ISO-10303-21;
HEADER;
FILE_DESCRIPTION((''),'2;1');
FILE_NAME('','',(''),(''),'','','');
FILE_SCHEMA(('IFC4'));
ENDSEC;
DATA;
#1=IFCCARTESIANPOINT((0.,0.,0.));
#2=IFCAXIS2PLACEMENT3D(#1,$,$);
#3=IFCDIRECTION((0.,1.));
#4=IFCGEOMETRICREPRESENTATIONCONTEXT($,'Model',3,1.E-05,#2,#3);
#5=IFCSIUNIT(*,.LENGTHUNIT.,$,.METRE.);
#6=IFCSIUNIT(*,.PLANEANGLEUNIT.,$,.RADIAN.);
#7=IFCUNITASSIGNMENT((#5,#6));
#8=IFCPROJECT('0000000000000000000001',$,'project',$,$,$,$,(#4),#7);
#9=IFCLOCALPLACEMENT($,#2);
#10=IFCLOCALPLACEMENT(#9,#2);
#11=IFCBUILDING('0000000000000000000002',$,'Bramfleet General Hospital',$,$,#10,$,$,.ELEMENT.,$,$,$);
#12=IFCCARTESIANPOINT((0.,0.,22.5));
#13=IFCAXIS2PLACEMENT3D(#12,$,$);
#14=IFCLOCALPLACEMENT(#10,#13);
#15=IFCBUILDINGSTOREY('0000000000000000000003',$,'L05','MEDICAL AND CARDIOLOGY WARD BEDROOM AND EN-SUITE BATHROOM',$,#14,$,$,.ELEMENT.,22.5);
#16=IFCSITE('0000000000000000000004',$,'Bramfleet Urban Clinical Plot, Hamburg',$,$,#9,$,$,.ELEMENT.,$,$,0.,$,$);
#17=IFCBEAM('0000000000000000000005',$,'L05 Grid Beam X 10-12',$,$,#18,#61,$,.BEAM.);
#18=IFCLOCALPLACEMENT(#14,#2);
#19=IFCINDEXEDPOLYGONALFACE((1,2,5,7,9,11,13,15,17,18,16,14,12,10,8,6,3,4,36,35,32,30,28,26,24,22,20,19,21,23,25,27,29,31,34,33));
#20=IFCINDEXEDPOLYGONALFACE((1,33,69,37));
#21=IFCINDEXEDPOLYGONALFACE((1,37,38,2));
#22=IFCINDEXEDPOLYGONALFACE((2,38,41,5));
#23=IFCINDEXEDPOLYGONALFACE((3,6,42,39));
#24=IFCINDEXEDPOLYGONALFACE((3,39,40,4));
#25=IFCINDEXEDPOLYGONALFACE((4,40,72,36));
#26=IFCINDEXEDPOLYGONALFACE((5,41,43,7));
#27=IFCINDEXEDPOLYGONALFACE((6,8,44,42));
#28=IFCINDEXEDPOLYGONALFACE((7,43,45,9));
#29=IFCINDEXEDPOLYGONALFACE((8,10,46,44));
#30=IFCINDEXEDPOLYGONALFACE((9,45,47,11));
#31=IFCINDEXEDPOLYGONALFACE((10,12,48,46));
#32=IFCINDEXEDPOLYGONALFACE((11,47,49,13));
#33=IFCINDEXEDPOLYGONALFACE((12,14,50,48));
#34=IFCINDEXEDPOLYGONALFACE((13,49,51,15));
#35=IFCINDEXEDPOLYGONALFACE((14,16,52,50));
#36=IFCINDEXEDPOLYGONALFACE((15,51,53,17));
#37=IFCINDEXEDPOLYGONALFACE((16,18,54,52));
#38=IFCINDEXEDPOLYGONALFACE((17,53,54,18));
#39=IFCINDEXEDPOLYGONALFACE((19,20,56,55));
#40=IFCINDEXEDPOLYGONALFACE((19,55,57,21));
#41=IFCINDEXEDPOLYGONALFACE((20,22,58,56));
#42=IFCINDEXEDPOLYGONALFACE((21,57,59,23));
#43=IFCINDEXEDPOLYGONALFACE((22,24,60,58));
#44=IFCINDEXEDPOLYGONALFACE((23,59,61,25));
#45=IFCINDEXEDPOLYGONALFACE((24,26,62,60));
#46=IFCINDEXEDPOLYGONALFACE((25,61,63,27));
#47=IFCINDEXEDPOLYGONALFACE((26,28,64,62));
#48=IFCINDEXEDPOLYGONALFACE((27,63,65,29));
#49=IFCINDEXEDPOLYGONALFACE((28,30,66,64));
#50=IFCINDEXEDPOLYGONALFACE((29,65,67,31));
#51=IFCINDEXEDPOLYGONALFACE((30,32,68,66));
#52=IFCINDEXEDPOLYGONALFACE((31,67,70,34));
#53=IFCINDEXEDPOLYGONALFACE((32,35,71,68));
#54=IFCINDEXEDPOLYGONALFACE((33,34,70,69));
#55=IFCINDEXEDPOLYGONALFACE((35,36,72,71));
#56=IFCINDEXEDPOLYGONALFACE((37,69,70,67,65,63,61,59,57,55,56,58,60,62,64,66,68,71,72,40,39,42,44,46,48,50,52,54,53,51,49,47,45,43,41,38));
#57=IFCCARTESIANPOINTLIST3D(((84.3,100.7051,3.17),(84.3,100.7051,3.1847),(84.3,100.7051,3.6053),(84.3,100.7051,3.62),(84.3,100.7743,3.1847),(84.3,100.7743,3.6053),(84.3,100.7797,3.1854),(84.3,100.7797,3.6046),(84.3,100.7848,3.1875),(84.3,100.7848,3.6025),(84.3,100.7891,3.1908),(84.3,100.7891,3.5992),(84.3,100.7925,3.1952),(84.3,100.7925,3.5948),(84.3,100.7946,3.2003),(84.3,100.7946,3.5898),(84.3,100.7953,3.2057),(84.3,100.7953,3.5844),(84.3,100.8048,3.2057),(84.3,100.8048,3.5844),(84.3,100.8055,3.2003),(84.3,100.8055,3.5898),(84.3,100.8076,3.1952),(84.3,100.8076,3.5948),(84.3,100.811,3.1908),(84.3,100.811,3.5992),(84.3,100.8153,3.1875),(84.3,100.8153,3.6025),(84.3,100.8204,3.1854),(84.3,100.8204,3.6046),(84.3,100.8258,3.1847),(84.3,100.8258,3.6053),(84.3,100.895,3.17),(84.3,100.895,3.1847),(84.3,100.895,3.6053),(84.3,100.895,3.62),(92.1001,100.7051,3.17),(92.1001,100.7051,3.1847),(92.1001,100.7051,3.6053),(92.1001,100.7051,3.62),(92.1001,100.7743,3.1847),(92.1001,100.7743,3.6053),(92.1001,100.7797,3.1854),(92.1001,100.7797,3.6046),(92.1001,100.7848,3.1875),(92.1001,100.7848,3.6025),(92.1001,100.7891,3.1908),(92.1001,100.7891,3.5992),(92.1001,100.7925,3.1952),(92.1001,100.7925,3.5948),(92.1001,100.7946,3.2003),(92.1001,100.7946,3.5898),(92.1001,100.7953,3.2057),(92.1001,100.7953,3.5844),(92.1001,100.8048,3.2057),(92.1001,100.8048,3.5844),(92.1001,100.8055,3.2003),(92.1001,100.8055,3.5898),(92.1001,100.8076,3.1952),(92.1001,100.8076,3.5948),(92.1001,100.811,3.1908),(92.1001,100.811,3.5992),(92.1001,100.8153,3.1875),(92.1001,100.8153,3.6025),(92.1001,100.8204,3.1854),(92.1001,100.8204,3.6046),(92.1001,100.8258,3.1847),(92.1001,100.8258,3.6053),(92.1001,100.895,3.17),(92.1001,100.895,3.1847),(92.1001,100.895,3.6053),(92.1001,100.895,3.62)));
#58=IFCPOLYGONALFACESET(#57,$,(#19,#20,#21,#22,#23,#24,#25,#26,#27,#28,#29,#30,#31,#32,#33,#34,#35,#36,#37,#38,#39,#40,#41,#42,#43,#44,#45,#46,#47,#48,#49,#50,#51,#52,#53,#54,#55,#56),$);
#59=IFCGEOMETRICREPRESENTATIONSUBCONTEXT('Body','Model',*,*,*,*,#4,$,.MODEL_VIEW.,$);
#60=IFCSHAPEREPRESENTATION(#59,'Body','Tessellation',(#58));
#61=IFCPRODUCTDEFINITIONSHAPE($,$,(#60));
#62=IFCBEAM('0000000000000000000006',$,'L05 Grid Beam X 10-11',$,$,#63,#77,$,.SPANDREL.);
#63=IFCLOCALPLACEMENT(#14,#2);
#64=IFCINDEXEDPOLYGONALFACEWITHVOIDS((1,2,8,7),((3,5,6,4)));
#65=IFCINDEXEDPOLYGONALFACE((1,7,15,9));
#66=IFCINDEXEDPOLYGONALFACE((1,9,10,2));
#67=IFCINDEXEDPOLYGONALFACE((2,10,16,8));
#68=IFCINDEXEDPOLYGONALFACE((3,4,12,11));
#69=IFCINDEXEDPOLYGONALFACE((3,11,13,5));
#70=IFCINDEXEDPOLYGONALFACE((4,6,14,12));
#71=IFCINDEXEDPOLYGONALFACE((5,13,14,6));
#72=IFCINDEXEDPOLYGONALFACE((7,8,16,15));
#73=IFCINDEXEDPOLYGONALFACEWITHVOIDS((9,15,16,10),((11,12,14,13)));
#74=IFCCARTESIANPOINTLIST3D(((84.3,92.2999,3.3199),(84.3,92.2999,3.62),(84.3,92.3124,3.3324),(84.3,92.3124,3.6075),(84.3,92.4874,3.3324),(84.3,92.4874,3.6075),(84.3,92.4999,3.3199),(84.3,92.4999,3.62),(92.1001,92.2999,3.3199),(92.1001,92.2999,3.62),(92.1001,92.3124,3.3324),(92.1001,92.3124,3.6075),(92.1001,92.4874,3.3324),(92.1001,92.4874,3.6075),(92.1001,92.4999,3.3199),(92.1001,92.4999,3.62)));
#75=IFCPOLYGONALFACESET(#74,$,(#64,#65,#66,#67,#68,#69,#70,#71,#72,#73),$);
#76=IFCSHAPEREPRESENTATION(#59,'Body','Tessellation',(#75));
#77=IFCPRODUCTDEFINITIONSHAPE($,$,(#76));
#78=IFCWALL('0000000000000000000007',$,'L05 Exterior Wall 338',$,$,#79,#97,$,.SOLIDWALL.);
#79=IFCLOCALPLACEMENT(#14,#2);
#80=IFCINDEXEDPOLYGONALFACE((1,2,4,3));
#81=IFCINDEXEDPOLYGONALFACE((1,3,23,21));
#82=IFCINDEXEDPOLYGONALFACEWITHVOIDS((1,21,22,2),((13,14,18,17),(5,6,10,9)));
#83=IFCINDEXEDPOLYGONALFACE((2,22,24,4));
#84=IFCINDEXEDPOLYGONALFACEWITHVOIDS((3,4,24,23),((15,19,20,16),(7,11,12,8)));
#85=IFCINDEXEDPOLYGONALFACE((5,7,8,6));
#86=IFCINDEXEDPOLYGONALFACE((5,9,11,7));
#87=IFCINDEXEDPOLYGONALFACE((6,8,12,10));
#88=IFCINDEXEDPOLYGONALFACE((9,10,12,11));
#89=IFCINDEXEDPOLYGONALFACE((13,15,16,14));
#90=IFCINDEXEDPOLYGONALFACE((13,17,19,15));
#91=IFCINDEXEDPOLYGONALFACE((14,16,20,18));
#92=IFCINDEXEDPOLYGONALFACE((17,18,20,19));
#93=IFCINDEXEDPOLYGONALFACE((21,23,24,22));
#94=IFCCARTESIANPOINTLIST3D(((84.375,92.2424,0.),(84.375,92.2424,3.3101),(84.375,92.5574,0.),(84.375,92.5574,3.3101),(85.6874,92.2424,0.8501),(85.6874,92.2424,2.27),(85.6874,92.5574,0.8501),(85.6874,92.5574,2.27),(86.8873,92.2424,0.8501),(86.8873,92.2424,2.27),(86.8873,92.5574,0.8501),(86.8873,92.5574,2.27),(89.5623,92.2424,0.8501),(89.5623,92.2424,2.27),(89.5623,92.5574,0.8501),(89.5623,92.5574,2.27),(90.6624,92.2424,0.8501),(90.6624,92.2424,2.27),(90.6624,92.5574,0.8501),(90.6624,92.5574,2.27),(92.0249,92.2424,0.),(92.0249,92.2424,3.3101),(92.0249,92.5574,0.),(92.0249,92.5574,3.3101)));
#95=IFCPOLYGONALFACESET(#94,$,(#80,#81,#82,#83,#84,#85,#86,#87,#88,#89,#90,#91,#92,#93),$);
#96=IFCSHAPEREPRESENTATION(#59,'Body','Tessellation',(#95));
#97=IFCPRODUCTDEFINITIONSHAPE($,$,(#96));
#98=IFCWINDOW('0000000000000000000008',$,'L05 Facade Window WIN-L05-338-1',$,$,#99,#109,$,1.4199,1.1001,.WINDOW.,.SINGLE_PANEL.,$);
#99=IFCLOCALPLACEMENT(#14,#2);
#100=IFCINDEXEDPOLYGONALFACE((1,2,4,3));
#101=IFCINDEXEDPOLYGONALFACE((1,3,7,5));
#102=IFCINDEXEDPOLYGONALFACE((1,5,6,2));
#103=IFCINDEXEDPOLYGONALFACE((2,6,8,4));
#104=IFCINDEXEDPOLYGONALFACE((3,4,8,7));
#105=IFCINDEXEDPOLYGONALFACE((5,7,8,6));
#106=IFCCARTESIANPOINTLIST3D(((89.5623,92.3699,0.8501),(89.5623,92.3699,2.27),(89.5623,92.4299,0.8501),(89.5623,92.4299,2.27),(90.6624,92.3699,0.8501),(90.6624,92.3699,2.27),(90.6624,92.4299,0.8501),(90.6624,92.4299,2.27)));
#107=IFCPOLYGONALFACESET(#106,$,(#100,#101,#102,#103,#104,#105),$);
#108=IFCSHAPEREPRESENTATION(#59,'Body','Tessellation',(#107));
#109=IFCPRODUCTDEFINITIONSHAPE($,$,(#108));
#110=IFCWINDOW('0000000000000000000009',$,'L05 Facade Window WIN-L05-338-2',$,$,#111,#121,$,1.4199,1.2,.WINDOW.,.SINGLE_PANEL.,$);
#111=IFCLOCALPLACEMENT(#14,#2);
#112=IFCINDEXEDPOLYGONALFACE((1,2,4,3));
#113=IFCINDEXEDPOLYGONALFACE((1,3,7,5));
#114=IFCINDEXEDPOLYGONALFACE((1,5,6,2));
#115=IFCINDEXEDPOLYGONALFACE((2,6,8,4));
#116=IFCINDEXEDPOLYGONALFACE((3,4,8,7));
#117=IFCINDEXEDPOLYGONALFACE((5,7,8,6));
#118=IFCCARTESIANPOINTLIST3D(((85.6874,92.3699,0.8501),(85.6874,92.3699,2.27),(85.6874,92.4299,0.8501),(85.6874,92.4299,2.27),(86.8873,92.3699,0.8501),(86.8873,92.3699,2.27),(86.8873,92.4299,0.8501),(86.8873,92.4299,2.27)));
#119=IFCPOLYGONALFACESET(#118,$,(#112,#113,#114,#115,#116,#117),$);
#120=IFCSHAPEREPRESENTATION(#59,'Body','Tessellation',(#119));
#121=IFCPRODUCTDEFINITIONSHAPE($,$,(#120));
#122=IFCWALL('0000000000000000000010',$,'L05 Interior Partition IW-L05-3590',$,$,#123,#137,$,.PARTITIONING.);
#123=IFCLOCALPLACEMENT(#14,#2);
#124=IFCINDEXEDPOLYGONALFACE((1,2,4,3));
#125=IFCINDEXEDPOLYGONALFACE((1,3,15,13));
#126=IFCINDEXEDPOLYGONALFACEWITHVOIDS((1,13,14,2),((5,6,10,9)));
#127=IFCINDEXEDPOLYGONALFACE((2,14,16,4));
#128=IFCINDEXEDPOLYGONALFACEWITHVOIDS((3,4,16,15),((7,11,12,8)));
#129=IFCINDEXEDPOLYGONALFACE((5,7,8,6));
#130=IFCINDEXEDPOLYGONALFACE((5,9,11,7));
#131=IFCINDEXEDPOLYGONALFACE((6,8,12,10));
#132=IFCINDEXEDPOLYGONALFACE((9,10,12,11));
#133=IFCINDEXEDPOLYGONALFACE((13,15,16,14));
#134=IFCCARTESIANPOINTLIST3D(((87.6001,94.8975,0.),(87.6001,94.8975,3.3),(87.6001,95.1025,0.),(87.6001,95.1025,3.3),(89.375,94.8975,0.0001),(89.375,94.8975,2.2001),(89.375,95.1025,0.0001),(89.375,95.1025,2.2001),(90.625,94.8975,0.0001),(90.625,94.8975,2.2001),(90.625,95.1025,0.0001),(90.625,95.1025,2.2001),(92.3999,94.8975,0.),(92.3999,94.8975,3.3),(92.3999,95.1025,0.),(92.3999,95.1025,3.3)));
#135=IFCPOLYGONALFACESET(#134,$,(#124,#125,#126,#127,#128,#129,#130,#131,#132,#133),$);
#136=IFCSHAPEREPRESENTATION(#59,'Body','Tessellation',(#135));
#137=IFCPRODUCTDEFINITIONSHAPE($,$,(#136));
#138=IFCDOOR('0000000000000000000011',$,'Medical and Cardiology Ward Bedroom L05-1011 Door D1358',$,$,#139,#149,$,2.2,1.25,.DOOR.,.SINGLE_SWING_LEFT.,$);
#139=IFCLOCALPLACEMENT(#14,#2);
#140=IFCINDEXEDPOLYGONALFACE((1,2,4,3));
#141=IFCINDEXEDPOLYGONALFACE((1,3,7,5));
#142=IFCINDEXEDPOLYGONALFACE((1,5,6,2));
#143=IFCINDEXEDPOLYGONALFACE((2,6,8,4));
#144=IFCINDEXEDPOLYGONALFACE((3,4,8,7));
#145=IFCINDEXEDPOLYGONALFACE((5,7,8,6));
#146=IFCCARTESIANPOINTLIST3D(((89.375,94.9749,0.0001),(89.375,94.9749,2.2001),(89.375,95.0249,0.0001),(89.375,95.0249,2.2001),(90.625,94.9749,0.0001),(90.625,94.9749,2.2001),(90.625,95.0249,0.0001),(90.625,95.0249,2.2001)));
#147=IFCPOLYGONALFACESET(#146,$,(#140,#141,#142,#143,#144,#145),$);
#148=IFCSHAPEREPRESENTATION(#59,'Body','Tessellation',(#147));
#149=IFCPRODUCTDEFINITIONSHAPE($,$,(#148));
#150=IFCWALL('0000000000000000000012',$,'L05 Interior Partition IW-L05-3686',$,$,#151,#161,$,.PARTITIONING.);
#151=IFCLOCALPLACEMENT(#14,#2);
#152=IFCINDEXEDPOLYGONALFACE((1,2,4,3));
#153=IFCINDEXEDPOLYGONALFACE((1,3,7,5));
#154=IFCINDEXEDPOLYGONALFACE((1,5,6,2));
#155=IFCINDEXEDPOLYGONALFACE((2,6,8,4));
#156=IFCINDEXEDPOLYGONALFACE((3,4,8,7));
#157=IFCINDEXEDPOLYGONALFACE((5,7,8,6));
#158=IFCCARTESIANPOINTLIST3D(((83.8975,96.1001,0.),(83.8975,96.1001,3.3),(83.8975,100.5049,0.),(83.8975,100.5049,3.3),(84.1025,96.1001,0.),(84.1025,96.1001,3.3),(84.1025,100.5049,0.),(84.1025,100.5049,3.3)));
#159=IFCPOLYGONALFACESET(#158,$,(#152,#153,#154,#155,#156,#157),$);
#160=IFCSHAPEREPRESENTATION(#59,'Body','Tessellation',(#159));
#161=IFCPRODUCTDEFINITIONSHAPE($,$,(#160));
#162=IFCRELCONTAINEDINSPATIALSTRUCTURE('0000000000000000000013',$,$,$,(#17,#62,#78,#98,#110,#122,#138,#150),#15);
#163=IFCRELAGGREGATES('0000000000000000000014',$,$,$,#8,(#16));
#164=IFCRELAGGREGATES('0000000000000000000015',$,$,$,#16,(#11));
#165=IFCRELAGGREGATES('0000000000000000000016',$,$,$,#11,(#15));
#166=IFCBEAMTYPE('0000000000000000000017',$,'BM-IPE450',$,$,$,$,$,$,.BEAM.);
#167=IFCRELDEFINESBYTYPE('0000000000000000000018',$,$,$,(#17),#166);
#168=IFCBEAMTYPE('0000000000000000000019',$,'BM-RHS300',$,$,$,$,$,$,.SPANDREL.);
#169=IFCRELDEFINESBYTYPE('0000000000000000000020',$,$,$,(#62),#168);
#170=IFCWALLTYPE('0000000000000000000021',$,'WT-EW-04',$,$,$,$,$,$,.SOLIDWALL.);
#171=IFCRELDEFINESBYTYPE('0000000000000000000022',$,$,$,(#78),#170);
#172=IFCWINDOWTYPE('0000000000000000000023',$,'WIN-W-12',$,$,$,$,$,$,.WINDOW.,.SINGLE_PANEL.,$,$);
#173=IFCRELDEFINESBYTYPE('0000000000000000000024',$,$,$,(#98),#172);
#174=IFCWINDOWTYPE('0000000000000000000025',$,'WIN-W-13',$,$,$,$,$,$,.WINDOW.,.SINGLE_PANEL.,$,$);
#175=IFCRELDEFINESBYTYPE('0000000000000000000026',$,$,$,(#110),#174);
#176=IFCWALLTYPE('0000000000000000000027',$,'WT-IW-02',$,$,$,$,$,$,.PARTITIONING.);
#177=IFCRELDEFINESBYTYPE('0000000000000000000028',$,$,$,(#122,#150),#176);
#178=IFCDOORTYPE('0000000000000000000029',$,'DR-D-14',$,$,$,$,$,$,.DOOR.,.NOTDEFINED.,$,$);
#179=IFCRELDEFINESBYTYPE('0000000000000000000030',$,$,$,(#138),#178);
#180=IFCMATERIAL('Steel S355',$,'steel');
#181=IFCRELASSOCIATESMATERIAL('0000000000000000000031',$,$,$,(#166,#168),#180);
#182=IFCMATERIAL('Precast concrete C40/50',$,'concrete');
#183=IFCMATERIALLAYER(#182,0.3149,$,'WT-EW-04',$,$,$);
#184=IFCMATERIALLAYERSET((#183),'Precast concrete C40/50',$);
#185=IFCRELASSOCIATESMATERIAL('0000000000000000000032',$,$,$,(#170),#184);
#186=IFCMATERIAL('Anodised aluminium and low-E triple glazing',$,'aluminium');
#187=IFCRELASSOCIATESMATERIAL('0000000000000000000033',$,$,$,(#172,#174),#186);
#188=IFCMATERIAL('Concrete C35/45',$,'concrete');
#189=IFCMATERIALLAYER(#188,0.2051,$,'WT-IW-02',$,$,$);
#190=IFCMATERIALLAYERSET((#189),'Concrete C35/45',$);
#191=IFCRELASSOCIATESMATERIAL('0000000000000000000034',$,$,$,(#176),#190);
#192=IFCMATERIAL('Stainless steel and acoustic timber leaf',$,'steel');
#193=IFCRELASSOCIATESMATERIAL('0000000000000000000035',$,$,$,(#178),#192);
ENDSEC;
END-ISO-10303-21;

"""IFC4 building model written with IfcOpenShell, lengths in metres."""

from ifc_helpers import new_model, si_unit, direction, frame, frame_2d, origin, origin_2d, place, context, subcontext, project, spatial, rectangle, hollow_rectangle, i_section, extrude, material, layer, layer_set, material_profile, profile_set, type_object, element, fill, save


model = new_model("IFC4")

# Units and contexts
model_context = context("Model", 3, precision=1e-05, world=origin(), true_north=direction((0.0, 1.0)))
body_context = subcontext(model_context, "Body", "Model", "MODEL_VIEW")
ifc_project = project(units=[si_unit("LENGTHUNIT", "METRE"), si_unit("PLANEANGLEUNIT", "RADIAN")], contexts=[model_context])

# Site, building, storey
site_placement = place(None, origin())
site = spatial("IfcSite", under=ifc_project, at=site_placement, Name="Bramfleet Urban Clinical Plot, Hamburg", CompositionType="ELEMENT", RefElevation=0.0)
building_placement = place(site_placement, origin())
building = spatial("IfcBuilding", under=site, at=building_placement, Name="Bramfleet General Hospital", CompositionType="ELEMENT")
storey_placement = place(building_placement, frame((0.0, 0.0, 22.5)))
storey = spatial("IfcBuildingStorey", under=building, at=storey_placement, Name="L05", Description="MEDICAL AND CARDIOLOGY WARD BEDROOM AND EN-SUITE BATHROOM", CompositionType="ELEMENT", Elevation=22.5)

# Beams
ifc_material_1 = material(Name="Steel S355", Category="steel")
ifc_material_profile_1 = material_profile(ifc_material_1, i_section(OverallWidth=0.1899, OverallDepth=0.45, WebThickness=0.0095, FlangeThickness=0.0146, FilletRadius=0.021, at=origin_2d()), Name="IPE 450")
ifc_profile_set_1 = profile_set([ifc_material_profile_1], Name="Steel S355")
beam_type_1 = type_object("IfcBeamType", Name="BM-IPE450", PredefinedType="BEAM", material=ifc_profile_set_1)
beam_1_placement = place(storey_placement, frame((84.3, 100.8, 3.395), z_axis=(1.0, 0.0, 0.0), x_axis=(0.0, 1.0, 0.0)))
element("IfcBeam", 1, at=beam_1_placement, inside=storey, type_object=beam_type_1, Name="L05 Grid Beam X 10-12", PredefinedType="BEAM", context=body_context, shape_type="SweptSolid", body=[
    extrude(i_section(OverallWidth=0.1899, OverallDepth=0.45, WebThickness=0.0095, FlangeThickness=0.0146, FilletRadius=0.021, at=origin_2d()), origin(), (0.0, 0.0, 1.0), 7.8),
])
ifc_material_profile_2 = material_profile(ifc_material_1, hollow_rectangle(XDim=0.2, YDim=0.3, WallThickness=0.0125, at=origin_2d()), Name="RHS 300x200x12.5")
ifc_profile_set_2 = profile_set([ifc_material_profile_2], Name="Steel S355")
beam_type_2 = type_object("IfcBeamType", Name="BM-RHS300", PredefinedType="SPANDREL", material=ifc_profile_set_2)
beam_2_placement = place(storey_placement, frame((84.3, 92.3999, 3.47), z_axis=(1.0, 0.0, 0.0), x_axis=(0.0, 1.0, 0.0)))
element("IfcBeam", 2, at=beam_2_placement, inside=storey, type_object=beam_type_2, Name="L05 Grid Beam X 10-11", PredefinedType="SPANDREL", context=body_context, shape_type="SweptSolid", body=[
    extrude(hollow_rectangle(XDim=0.2, YDim=0.3, WallThickness=0.0125, at=origin_2d()), origin(), (0.0, 0.0, 1.0), 7.8),
])

# Wall, openings, windows
ifc_material_2 = material(Name="Precast concrete C40/50", Category="concrete")
ifc_layer_1 = layer(ifc_material_2, 0.3149, Name="WT-EW-04")
ifc_layer_set_1 = layer_set([ifc_layer_1], Name="Precast concrete C40/50")
wall_type_1 = type_object("IfcWallType", Name="WT-EW-04", PredefinedType="SOLIDWALL", material=ifc_layer_set_1)
wall_1_placement = place(storey_placement, frame((92.0249, 92.3999, 0.0), z_axis=(0.0, 0.0, 1.0), x_axis=(-1.0, 0.0, 0.0)))
wall_1 = element("IfcWall", 3, at=wall_1_placement, inside=storey, type_object=wall_type_1, Name="L05 Exterior Wall 338", PredefinedType="SOLIDWALL", context=body_context, shape_type="SweptSolid", body=[
    extrude(rectangle(XDim=7.6499, YDim=0.3149, at=frame_2d((3.825, 0.0))), origin(), (0.0, 0.0, 1.0), 3.3101),
])
opening_1_placement = place(wall_1_placement, frame((1.3625, 0.0, 0.8501)))
opening_1 = element("IfcOpeningElement", 4, at=opening_1_placement, cuts=wall_1, PredefinedType="OPENING", context=body_context, shape_type="SweptSolid", body=[
    extrude(rectangle(XDim=1.1001, YDim=1.4199, at=frame_2d((0.55, 0.71))), frame((0.0, 0.1675, 0.0), z_axis=(0.0, -1.0, 0.0), x_axis=(1.0, 0.0, 0.0)), (0.0, 0.0, 1.0), 0.335),
])
opening_2_placement = place(wall_1_placement, frame((5.1375, 0.0, 0.8501)))
opening_2 = element("IfcOpeningElement", 5, at=opening_2_placement, cuts=wall_1, PredefinedType="OPENING", context=body_context, shape_type="SweptSolid", body=[
    extrude(rectangle(XDim=1.2, YDim=1.4199, at=frame_2d((0.6001, 0.71))), frame((0.0, 0.1675, 0.0), z_axis=(0.0, -1.0, 0.0), x_axis=(1.0, 0.0, 0.0)), (0.0, 0.0, 1.0), 0.335),
])
ifc_material_3 = material(Name="Anodised aluminium and low-E triple glazing", Category="aluminium")
window_type_1 = type_object("IfcWindowType", Name="WIN-W-12", PartitioningType="SINGLE_PANEL", PredefinedType="WINDOW", material=ifc_material_3)
window_1_placement = place(opening_1_placement, origin())
window_1 = element("IfcWindow", 6, at=window_1_placement, inside=storey, type_object=window_type_1, Name="L05 Facade Window WIN-L05-338-1", OverallHeight=1.4199, OverallWidth=1.1001, PartitioningType="SINGLE_PANEL", PredefinedType="WINDOW", context=body_context, shape_type="SweptSolid", body=[
    extrude(rectangle(XDim=1.1001, YDim=1.4199, at=frame_2d((0.55, 0.71))), frame((0.0, 0.03, 0.0), z_axis=(0.0, -1.0, 0.0), x_axis=(1.0, 0.0, 0.0)), (0.0, 0.0, 1.0), 0.0601),
])
fill(opening_1, window_1)
window_type_2 = type_object("IfcWindowType", Name="WIN-W-13", PartitioningType="SINGLE_PANEL", PredefinedType="WINDOW", material=ifc_material_3)
window_2_placement = place(opening_2_placement, origin())
window_2 = element("IfcWindow", 7, at=window_2_placement, inside=storey, type_object=window_type_2, Name="L05 Facade Window WIN-L05-338-2", OverallHeight=1.4199, OverallWidth=1.2, PartitioningType="SINGLE_PANEL", PredefinedType="WINDOW", context=body_context, shape_type="SweptSolid", body=[
    extrude(rectangle(XDim=1.2, YDim=1.4199, at=frame_2d((0.6001, 0.71))), frame((0.0, 0.03, 0.0), z_axis=(0.0, -1.0, 0.0), x_axis=(1.0, 0.0, 0.0)), (0.0, 0.0, 1.0), 0.0601),
])
fill(opening_2, window_2)

# Wall, opening, door
ifc_material_4 = material(Name="Concrete C35/45", Category="concrete")
ifc_layer_2 = layer(ifc_material_4, 0.2051, Name="WT-IW-02")
ifc_layer_set_2 = layer_set([ifc_layer_2], Name="Concrete C35/45")
wall_type_2 = type_object("IfcWallType", Name="WT-IW-02", PredefinedType="PARTITIONING", material=ifc_layer_set_2)
wall_2_placement = place(storey_placement, frame((87.6001, 95.0, 0.0), z_axis=(0.0, 0.0, 1.0), x_axis=(1.0, 0.0, 0.0)))
wall_2 = element("IfcWall", 8, at=wall_2_placement, inside=storey, type_object=wall_type_2, Name="L05 Interior Partition IW-L05-3590", PredefinedType="PARTITIONING", context=body_context, shape_type="SweptSolid", body=[
    extrude(rectangle(XDim=4.7998, YDim=0.2051, at=frame_2d((2.3999, 0.0))), origin(), (0.0, 0.0, 1.0), 3.3),
])
opening_3_placement = place(wall_2_placement, frame((1.7749, 0.0, 0.0)))
opening_3 = element("IfcOpeningElement", 9, at=opening_3_placement, cuts=wall_2, PredefinedType="OPENING", context=body_context, shape_type="SweptSolid", body=[
    extrude(rectangle(XDim=1.25, YDim=2.2, at=frame_2d((0.625, 1.1001))), frame((0.0, 0.1125, 0.0), z_axis=(0.0, -1.0, 0.0), x_axis=(1.0, 0.0, 0.0)), (0.0, 0.0, 1.0), 0.2251),
])
ifc_material_5 = material(Name="Stainless steel and acoustic timber leaf", Category="steel")
door_type_1 = type_object("IfcDoorType", Name="DR-D-14", OperationType="NOTDEFINED", PredefinedType="DOOR", material=ifc_material_5)
door_1_placement = place(opening_3_placement, origin())
door_1 = element("IfcDoor", 10, at=door_1_placement, inside=storey, type_object=door_type_1, Name="Medical and Cardiology Ward Bedroom L05-1011 Door D1358", OperationType="SINGLE_SWING_LEFT", OverallHeight=2.2, OverallWidth=1.25, PredefinedType="DOOR", context=body_context, shape_type="SweptSolid", body=[
    extrude(rectangle(XDim=1.25, YDim=2.2, at=frame_2d((0.625, 1.1001))), frame((0.0, 0.0249, 0.0), z_axis=(0.0, -1.0, 0.0), x_axis=(1.0, 0.0, 0.0)), (0.0, 0.0, 1.0), 0.05),
])
fill(opening_3, door_1)

# Wall
wall_3_placement = place(storey_placement, frame((84.0, 96.1001, 0.0), z_axis=(0.0, 0.0, 1.0), x_axis=(0.0, 1.0, 0.0)))
element("IfcWall", 11, at=wall_3_placement, inside=storey, type_object=wall_type_2, Name="L05 Interior Partition IW-L05-3686", PredefinedType="PARTITIONING", context=body_context, shape_type="SweptSolid", body=[
    extrude(rectangle(XDim=4.4048, YDim=0.2051, at=frame_2d((2.2024, 0.0))), origin(), (0.0, 0.0, 1.0), 3.3),
])

save(model, "model.ifc")
